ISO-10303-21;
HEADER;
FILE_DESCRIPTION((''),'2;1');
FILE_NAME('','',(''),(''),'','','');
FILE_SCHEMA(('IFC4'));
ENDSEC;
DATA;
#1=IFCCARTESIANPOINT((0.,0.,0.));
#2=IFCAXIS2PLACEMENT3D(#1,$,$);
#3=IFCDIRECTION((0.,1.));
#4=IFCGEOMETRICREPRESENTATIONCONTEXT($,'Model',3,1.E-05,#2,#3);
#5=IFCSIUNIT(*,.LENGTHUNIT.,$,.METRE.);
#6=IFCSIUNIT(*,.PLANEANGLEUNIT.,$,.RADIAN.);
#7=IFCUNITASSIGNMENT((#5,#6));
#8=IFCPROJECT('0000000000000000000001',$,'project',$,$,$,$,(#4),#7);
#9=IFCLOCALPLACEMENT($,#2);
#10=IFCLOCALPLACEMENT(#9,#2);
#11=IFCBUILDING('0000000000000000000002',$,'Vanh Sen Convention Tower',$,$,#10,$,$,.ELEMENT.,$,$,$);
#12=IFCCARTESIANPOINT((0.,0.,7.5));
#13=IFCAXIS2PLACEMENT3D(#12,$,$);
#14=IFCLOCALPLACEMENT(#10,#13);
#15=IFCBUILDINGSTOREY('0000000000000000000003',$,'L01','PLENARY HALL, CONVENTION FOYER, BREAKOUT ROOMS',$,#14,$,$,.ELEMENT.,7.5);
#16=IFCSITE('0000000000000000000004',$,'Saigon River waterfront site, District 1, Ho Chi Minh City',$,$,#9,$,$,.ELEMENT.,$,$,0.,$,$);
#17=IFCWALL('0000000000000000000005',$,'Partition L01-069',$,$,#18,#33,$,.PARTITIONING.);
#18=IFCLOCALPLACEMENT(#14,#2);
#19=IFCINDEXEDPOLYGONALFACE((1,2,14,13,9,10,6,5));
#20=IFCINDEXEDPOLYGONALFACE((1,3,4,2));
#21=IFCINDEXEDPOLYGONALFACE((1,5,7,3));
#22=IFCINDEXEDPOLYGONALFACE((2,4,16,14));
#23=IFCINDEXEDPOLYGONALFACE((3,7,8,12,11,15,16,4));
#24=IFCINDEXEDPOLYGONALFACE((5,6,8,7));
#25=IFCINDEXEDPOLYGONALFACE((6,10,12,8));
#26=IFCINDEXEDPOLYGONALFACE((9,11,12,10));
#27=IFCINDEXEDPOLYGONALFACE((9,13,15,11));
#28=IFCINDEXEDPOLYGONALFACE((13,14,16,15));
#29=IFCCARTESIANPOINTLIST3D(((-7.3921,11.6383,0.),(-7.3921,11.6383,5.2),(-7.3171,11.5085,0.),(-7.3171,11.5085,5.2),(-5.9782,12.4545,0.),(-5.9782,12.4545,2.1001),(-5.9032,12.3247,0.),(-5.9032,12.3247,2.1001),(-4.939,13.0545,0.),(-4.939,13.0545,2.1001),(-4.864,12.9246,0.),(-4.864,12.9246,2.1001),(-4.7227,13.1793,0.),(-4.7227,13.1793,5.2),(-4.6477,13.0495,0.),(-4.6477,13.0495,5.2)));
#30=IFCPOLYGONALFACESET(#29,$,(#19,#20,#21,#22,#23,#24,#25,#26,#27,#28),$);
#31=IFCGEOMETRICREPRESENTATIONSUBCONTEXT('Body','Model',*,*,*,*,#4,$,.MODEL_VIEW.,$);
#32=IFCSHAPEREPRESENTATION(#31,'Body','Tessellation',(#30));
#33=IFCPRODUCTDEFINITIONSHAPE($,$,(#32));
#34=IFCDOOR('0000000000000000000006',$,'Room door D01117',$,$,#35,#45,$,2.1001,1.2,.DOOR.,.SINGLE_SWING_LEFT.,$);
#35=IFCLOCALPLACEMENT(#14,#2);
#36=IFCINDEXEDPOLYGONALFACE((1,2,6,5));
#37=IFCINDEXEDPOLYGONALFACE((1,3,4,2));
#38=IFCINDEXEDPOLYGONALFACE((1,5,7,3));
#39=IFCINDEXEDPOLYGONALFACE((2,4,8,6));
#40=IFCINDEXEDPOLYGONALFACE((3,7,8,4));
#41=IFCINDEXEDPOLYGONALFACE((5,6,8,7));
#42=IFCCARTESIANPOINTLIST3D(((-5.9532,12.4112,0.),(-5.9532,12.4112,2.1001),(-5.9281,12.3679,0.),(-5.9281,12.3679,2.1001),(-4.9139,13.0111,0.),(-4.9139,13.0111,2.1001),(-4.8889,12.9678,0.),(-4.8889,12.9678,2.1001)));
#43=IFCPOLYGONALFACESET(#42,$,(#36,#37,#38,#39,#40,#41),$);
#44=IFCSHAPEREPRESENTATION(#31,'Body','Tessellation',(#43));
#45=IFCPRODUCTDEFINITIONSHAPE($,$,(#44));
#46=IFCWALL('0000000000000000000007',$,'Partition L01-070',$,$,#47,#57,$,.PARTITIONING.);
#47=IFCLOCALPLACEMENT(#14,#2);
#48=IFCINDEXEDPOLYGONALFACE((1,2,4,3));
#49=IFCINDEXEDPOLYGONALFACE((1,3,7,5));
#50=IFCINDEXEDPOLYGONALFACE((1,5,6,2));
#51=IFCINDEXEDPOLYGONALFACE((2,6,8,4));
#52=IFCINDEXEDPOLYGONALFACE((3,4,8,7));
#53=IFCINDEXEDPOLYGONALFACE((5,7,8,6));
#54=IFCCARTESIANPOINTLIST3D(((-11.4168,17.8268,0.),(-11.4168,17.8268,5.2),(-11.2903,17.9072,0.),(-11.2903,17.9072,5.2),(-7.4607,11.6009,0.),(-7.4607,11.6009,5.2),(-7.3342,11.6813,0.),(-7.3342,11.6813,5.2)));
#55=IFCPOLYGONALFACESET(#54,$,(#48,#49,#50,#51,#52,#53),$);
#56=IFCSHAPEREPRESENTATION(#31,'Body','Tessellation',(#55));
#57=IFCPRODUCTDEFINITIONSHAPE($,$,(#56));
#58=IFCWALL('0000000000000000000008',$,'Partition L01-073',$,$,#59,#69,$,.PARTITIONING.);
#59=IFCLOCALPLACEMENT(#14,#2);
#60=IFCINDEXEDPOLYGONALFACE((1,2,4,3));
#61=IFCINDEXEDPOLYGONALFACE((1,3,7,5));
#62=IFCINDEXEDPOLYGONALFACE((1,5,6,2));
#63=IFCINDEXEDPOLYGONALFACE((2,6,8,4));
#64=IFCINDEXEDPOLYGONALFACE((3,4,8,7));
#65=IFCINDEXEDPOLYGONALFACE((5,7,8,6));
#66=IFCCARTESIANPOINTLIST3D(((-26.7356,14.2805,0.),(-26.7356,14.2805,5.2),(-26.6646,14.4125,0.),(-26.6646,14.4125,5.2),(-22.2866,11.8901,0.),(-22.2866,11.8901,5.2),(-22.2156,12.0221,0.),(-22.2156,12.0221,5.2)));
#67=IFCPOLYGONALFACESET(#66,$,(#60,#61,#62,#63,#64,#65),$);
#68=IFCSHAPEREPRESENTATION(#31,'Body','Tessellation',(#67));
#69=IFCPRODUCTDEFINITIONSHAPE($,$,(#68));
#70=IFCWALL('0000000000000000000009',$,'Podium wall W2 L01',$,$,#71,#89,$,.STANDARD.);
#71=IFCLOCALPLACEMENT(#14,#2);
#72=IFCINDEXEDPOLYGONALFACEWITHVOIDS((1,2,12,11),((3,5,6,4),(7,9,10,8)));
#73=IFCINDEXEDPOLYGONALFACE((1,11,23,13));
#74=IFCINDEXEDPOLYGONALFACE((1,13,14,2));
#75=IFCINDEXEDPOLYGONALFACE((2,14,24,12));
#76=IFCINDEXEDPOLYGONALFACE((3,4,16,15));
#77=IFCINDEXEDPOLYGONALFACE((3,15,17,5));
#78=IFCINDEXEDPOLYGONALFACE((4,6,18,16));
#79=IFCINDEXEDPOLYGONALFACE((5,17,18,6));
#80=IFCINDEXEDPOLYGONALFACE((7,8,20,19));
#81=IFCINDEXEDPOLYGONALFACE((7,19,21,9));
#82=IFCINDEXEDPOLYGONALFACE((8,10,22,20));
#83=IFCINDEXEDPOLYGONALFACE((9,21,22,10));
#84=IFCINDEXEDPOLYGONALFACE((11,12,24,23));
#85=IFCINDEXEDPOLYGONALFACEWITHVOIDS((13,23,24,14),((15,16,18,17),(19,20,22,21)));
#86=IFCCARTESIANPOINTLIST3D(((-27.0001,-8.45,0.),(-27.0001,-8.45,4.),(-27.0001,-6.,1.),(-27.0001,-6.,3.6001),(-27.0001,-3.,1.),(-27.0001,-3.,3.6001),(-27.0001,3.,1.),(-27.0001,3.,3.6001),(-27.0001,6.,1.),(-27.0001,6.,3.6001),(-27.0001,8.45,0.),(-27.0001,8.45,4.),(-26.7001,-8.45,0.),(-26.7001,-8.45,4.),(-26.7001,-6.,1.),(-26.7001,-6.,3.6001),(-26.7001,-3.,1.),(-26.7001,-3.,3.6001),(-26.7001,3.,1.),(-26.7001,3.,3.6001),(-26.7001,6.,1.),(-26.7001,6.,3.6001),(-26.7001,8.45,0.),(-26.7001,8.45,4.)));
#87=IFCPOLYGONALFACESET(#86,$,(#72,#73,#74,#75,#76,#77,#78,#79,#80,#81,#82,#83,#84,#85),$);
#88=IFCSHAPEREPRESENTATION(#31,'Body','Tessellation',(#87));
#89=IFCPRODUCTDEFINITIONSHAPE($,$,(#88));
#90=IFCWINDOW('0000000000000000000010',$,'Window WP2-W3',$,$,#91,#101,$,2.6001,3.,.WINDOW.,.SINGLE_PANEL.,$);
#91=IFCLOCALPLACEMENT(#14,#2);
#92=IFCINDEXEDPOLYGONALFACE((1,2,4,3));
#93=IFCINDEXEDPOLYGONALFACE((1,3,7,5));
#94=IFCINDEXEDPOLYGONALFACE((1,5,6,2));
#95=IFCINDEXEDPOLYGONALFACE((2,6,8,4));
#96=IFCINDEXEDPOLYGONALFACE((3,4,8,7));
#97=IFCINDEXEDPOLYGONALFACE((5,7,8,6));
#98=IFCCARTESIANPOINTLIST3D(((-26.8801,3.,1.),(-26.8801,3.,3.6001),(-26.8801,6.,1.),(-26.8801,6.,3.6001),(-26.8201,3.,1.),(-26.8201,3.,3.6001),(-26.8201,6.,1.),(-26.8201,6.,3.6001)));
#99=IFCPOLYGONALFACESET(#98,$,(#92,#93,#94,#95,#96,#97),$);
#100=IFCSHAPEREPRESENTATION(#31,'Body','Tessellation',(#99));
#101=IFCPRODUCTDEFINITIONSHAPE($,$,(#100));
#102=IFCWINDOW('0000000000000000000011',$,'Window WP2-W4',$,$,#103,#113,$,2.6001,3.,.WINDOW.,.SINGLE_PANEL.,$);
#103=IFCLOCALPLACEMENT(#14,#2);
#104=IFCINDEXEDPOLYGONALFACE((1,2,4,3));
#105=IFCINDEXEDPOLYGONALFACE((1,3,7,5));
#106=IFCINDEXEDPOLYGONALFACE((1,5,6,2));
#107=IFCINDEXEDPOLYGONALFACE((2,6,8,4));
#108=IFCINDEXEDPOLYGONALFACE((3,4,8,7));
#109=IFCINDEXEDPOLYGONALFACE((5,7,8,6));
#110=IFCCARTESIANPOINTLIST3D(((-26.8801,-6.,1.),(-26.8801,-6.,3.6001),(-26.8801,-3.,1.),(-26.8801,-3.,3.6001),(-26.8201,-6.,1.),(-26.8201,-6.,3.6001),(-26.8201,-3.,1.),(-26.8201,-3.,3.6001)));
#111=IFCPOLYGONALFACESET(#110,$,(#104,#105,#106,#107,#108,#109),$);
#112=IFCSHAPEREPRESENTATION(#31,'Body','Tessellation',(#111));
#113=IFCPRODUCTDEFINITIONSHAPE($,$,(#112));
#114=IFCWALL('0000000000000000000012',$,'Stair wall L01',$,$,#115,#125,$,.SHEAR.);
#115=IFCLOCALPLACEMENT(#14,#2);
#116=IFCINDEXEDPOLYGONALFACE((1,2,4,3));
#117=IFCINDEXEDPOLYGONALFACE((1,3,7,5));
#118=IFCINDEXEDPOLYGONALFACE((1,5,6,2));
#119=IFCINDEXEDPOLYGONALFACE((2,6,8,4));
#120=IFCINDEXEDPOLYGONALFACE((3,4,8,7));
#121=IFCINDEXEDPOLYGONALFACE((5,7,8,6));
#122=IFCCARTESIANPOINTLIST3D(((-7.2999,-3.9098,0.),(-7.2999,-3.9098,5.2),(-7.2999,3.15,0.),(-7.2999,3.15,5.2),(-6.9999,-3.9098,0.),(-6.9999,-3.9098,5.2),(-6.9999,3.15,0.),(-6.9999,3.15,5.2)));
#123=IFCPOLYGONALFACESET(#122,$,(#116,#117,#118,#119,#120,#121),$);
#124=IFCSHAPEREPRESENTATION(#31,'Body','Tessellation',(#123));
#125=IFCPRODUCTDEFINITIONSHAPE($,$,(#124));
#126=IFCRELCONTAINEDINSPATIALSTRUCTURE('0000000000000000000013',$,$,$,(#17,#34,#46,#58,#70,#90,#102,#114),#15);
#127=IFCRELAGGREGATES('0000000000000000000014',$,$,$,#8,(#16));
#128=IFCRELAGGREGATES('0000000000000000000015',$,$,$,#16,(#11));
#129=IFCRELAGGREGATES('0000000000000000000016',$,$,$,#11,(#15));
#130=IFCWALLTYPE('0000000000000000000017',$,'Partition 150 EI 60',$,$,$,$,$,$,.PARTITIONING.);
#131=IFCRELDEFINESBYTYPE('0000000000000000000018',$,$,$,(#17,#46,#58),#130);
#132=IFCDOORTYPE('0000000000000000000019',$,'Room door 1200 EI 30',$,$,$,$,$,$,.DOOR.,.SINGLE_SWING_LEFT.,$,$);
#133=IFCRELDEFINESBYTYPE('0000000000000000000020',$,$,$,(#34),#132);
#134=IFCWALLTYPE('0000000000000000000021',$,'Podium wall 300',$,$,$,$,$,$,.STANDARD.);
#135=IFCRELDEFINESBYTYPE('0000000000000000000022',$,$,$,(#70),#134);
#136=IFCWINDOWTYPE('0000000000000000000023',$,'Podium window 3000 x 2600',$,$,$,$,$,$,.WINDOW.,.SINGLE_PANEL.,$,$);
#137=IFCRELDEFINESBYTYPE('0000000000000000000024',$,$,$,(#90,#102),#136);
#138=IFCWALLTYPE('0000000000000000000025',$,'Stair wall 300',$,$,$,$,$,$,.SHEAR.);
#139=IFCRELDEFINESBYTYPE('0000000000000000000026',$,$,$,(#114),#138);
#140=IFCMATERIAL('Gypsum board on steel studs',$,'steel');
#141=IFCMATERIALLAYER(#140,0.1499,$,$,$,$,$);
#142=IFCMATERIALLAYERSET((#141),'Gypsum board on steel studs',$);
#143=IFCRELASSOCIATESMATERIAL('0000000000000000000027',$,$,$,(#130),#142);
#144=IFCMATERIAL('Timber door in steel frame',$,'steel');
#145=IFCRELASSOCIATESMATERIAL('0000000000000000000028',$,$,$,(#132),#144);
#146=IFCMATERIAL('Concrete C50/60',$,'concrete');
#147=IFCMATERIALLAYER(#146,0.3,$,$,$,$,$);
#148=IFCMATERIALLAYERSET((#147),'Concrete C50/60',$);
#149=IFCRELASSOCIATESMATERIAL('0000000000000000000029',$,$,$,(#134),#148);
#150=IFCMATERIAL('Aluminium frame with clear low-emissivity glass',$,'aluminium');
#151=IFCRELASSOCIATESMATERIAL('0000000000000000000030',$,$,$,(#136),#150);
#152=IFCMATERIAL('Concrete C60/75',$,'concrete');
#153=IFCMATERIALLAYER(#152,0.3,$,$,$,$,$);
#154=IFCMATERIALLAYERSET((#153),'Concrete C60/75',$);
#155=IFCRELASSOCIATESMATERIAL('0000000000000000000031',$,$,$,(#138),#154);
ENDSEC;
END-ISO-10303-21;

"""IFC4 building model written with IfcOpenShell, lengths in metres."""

from ifc_helpers import new_model, si_unit, direction, frame, frame_2d, origin, place, context, subcontext, project, spatial, rectangle, extrude, material, layer, layer_set, type_object, element, fill, save


model = new_model("IFC4")

# Units and contexts
model_context = context("Model", 3, precision=1e-05, world=origin(), true_north=direction((0.0, 1.0)))
body_context = subcontext(model_context, "Body", "Model", "MODEL_VIEW")
ifc_project = project(units=[si_unit("LENGTHUNIT", "METRE"), si_unit("PLANEANGLEUNIT", "RADIAN")], contexts=[model_context])

# Site, building, storey
site_placement = place(None, origin())
site = spatial("IfcSite", under=ifc_project, at=site_placement, Name="Saigon River waterfront site, District 1, Ho Chi Minh City", CompositionType="ELEMENT", RefElevation=0.0)
building_placement = place(site_placement, origin())
building = spatial("IfcBuilding", under=site, at=building_placement, Name="Vanh Sen Convention Tower", CompositionType="ELEMENT")
storey_placement = place(building_placement, frame((0.0, 0.0, 7.5)))
storey = spatial("IfcBuildingStorey", under=building, at=storey_placement, Name="L01", Description="PLENARY HALL, CONVENTION FOYER, BREAKOUT ROOMS", CompositionType="ELEMENT", Elevation=7.5)

# Shared definitions
ifc_material_1 = material(Name="Concrete C60/75", Category="concrete")

# Shared definitions
ifc_material_2 = material(Name="Gypsum board on steel studs", Category="steel")
ifc_layer_1 = layer(ifc_material_2, 0.1499)
ifc_layer_set_1 = layer_set([ifc_layer_1], Name="Gypsum board on steel studs")
wall_type_1 = type_object("IfcWallType", Name="Partition 150 EI 60", PredefinedType="PARTITIONING", material=ifc_layer_set_1)

# Wall, opening, door
wall_1_placement = place(storey_placement, frame((-7.3545, 11.5735, 0.0), z_axis=(0.0, 0.0, 1.0), x_axis=(0.866051, 0.499956, 0.0)))
wall_1 = element("IfcWall", 1, at=wall_1_placement, inside=storey, type_object=wall_type_1, Name="Partition L01-069", PredefinedType="PARTITIONING", context=body_context, shape_type="SweptSolid", body=[
    extrude(rectangle(XDim=3.0823, YDim=0.1499, at=frame_2d((1.541, 0.0))), origin(), (0.0, 0.0, 1.0), 5.2),
])
opening_1_placement = place(wall_1_placement, frame((1.6323, 0.0, 0.0)))
opening_1 = element("IfcOpeningElement", 2, at=opening_1_placement, cuts=wall_1, PredefinedType="OPENING", context=body_context, shape_type="SweptSolid", body=[
    extrude(rectangle(XDim=1.2, YDim=2.1001, at=frame_2d((0.6001, 1.05))), frame((0.0, 0.085, 0.0), z_axis=(0.0, -1.0, 0.0), x_axis=(1.0, 0.0, 0.0)), (0.0, 0.0, 1.0), 0.1699),
])
ifc_material_3 = material(Name="Timber door in steel frame", Category="steel")
door_type_1 = type_object("IfcDoorType", Name="Room door 1200 EI 30", OperationType="SINGLE_SWING_LEFT", PredefinedType="DOOR", material=ifc_material_3)
door_1_placement = place(opening_1_placement, origin())
door_1 = element("IfcDoor", 3, at=door_1_placement, inside=storey, type_object=door_type_1, Name="Room door D01117", OperationType="SINGLE_SWING_LEFT", OverallHeight=2.1001, OverallWidth=1.2, PredefinedType="DOOR", context=body_context, shape_type="SweptSolid", body=[
    extrude(rectangle(XDim=1.2, YDim=2.1001, at=frame_2d((0.6001, 1.05))), frame((0.0, 0.0249, 0.0), z_axis=(0.0, -1.0, 0.0), x_axis=(1.0, 0.0, 0.0)), (0.0, 0.0, 1.0), 0.05),
])
fill(opening_1, door_1)

# Walls
wall_2_placement = place(storey_placement, frame((-7.3975, 11.6411, 0.0), z_axis=(0.0, 0.0, 1.0), x_axis=(-0.536312, 0.84402, 0.0)))
element("IfcWall", 4, at=wall_2_placement, inside=storey, type_object=wall_type_1, Name="Partition L01-070", PredefinedType="PARTITIONING", context=body_context, shape_type="SweptSolid", body=[
    extrude(rectangle(XDim=7.3765, YDim=0.1499, at=frame_2d((3.6882, 0.0))), origin(), (0.0, 0.0, 1.0), 5.2),
])
wall_3_placement = place(storey_placement, frame((-22.251, 11.9561, 0.0), z_axis=(0.0, 0.0, 1.0), x_axis=(-0.880902, 0.473298, 0.0)))
element("IfcWall", 5, at=wall_3_placement, inside=storey, type_object=wall_type_1, Name="Partition L01-073", PredefinedType="PARTITIONING", context=body_context, shape_type="SweptSolid", body=[
    extrude(rectangle(XDim=5.0505, YDim=0.1499, at=frame_2d((2.5254, 0.0))), origin(), (0.0, 0.0, 1.0), 5.2),
])

# Wall, openings, windows
ifc_material_4 = material(Name="Concrete C50/60", Category="concrete")
ifc_layer_2 = layer(ifc_material_4, 0.3)
ifc_layer_set_2 = layer_set([ifc_layer_2], Name="Concrete C50/60")
wall_type_2 = type_object("IfcWallType", Name="Podium wall 300", PredefinedType="STANDARD", material=ifc_layer_set_2)
wall_4_placement = place(storey_placement, frame((-26.8501, 8.45, 0.0), z_axis=(0.0, 0.0, 1.0), x_axis=(0.0, -1.0, 0.0)))
wall_4 = element("IfcWall", 6, at=wall_4_placement, inside=storey, type_object=wall_type_2, Name="Podium wall W2 L01", PredefinedType="STANDARD", context=body_context, shape_type="SweptSolid", body=[
    extrude(rectangle(XDim=16.8999, YDim=0.3, at=frame_2d((8.45, 0.0))), origin(), (0.0, 0.0, 1.0), 4.0),
])
opening_2_placement = place(wall_4_placement, frame((2.45, 0.0, 1.0)))
opening_2 = element("IfcOpeningElement", 7, at=opening_2_placement, cuts=wall_4, PredefinedType="OPENING", context=body_context, shape_type="SweptSolid", body=[
    extrude(rectangle(XDim=3.0, YDim=2.6001, at=frame_2d((1.5, 1.3))), frame((0.0, 0.1599, 0.0), z_axis=(0.0, -1.0, 0.0), x_axis=(1.0, 0.0, 0.0)), (0.0, 0.0, 1.0), 0.3201),
])
opening_3_placement = place(wall_4_placement, frame((11.45, 0.0, 1.0)))
opening_3 = element("IfcOpeningElement", 8, at=opening_3_placement, cuts=wall_4, PredefinedType="OPENING", context=body_context, shape_type="SweptSolid", body=[
    extrude(rectangle(XDim=3.0, YDim=2.6001, at=frame_2d((1.5, 1.3))), frame((0.0, 0.1599, 0.0), z_axis=(0.0, -1.0, 0.0), x_axis=(1.0, 0.0, 0.0)), (0.0, 0.0, 1.0), 0.3201),
])
ifc_material_5 = material(Name="Aluminium frame with clear low-emissivity glass", Category="aluminium")
window_type = type_object("IfcWindowType", Name="Podium window 3000 x 2600", PartitioningType="SINGLE_PANEL", PredefinedType="WINDOW", material=ifc_material_5)
window_1_placement = place(opening_2_placement, origin())
window_1 = element("IfcWindow", 9, at=window_1_placement, inside=storey, type_object=window_type, Name="Window WP2-W3", OverallHeight=2.6001, OverallWidth=3.0, PartitioningType="SINGLE_PANEL", PredefinedType="WINDOW", context=body_context, shape_type="SweptSolid", body=[
    extrude(rectangle(XDim=3.0, YDim=2.6001, at=frame_2d((1.5, 1.3))), frame((0.0, 0.03, 0.0), z_axis=(0.0, -1.0, 0.0), x_axis=(1.0, 0.0, 0.0)), (0.0, 0.0, 1.0), 0.0601),
])
fill(opening_2, window_1)
window_2_placement = place(opening_3_placement, origin())
window_2 = element("IfcWindow", 10, at=window_2_placement, inside=storey, type_object=window_type, Name="Window WP2-W4", OverallHeight=2.6001, OverallWidth=3.0, PartitioningType="SINGLE_PANEL", PredefinedType="WINDOW", context=body_context, shape_type="SweptSolid", body=[
    extrude(rectangle(XDim=3.0, YDim=2.6001, at=frame_2d((1.5, 1.3))), frame((0.0, 0.03, 0.0), z_axis=(0.0, -1.0, 0.0), x_axis=(1.0, 0.0, 0.0)), (0.0, 0.0, 1.0), 0.0601),
])
fill(opening_3, window_2)

# Wall
ifc_layer_3 = layer(ifc_material_1, 0.3)
ifc_layer_set_3 = layer_set([ifc_layer_3], Name="Concrete C60/75")
wall_type_3 = type_object("IfcWallType", Name="Stair wall 300", PredefinedType="SHEAR", material=ifc_layer_set_3)
wall_5_placement = place(storey_placement, frame((-7.1499, 3.1499, 0.0), z_axis=(0.0, 0.0, 1.0), x_axis=(0.0, -1.0, 0.0)))
element("IfcWall", 11, at=wall_5_placement, inside=storey, type_object=wall_type_3, Name="Stair wall L01", PredefinedType="SHEAR", context=body_context, shape_type="SweptSolid", body=[
    extrude(rectangle(XDim=7.0598, YDim=0.3, at=frame_2d((3.5298, 0.0))), origin(), (0.0, 0.0, 1.0), 5.2),
])

save(model, "model.ifc")
